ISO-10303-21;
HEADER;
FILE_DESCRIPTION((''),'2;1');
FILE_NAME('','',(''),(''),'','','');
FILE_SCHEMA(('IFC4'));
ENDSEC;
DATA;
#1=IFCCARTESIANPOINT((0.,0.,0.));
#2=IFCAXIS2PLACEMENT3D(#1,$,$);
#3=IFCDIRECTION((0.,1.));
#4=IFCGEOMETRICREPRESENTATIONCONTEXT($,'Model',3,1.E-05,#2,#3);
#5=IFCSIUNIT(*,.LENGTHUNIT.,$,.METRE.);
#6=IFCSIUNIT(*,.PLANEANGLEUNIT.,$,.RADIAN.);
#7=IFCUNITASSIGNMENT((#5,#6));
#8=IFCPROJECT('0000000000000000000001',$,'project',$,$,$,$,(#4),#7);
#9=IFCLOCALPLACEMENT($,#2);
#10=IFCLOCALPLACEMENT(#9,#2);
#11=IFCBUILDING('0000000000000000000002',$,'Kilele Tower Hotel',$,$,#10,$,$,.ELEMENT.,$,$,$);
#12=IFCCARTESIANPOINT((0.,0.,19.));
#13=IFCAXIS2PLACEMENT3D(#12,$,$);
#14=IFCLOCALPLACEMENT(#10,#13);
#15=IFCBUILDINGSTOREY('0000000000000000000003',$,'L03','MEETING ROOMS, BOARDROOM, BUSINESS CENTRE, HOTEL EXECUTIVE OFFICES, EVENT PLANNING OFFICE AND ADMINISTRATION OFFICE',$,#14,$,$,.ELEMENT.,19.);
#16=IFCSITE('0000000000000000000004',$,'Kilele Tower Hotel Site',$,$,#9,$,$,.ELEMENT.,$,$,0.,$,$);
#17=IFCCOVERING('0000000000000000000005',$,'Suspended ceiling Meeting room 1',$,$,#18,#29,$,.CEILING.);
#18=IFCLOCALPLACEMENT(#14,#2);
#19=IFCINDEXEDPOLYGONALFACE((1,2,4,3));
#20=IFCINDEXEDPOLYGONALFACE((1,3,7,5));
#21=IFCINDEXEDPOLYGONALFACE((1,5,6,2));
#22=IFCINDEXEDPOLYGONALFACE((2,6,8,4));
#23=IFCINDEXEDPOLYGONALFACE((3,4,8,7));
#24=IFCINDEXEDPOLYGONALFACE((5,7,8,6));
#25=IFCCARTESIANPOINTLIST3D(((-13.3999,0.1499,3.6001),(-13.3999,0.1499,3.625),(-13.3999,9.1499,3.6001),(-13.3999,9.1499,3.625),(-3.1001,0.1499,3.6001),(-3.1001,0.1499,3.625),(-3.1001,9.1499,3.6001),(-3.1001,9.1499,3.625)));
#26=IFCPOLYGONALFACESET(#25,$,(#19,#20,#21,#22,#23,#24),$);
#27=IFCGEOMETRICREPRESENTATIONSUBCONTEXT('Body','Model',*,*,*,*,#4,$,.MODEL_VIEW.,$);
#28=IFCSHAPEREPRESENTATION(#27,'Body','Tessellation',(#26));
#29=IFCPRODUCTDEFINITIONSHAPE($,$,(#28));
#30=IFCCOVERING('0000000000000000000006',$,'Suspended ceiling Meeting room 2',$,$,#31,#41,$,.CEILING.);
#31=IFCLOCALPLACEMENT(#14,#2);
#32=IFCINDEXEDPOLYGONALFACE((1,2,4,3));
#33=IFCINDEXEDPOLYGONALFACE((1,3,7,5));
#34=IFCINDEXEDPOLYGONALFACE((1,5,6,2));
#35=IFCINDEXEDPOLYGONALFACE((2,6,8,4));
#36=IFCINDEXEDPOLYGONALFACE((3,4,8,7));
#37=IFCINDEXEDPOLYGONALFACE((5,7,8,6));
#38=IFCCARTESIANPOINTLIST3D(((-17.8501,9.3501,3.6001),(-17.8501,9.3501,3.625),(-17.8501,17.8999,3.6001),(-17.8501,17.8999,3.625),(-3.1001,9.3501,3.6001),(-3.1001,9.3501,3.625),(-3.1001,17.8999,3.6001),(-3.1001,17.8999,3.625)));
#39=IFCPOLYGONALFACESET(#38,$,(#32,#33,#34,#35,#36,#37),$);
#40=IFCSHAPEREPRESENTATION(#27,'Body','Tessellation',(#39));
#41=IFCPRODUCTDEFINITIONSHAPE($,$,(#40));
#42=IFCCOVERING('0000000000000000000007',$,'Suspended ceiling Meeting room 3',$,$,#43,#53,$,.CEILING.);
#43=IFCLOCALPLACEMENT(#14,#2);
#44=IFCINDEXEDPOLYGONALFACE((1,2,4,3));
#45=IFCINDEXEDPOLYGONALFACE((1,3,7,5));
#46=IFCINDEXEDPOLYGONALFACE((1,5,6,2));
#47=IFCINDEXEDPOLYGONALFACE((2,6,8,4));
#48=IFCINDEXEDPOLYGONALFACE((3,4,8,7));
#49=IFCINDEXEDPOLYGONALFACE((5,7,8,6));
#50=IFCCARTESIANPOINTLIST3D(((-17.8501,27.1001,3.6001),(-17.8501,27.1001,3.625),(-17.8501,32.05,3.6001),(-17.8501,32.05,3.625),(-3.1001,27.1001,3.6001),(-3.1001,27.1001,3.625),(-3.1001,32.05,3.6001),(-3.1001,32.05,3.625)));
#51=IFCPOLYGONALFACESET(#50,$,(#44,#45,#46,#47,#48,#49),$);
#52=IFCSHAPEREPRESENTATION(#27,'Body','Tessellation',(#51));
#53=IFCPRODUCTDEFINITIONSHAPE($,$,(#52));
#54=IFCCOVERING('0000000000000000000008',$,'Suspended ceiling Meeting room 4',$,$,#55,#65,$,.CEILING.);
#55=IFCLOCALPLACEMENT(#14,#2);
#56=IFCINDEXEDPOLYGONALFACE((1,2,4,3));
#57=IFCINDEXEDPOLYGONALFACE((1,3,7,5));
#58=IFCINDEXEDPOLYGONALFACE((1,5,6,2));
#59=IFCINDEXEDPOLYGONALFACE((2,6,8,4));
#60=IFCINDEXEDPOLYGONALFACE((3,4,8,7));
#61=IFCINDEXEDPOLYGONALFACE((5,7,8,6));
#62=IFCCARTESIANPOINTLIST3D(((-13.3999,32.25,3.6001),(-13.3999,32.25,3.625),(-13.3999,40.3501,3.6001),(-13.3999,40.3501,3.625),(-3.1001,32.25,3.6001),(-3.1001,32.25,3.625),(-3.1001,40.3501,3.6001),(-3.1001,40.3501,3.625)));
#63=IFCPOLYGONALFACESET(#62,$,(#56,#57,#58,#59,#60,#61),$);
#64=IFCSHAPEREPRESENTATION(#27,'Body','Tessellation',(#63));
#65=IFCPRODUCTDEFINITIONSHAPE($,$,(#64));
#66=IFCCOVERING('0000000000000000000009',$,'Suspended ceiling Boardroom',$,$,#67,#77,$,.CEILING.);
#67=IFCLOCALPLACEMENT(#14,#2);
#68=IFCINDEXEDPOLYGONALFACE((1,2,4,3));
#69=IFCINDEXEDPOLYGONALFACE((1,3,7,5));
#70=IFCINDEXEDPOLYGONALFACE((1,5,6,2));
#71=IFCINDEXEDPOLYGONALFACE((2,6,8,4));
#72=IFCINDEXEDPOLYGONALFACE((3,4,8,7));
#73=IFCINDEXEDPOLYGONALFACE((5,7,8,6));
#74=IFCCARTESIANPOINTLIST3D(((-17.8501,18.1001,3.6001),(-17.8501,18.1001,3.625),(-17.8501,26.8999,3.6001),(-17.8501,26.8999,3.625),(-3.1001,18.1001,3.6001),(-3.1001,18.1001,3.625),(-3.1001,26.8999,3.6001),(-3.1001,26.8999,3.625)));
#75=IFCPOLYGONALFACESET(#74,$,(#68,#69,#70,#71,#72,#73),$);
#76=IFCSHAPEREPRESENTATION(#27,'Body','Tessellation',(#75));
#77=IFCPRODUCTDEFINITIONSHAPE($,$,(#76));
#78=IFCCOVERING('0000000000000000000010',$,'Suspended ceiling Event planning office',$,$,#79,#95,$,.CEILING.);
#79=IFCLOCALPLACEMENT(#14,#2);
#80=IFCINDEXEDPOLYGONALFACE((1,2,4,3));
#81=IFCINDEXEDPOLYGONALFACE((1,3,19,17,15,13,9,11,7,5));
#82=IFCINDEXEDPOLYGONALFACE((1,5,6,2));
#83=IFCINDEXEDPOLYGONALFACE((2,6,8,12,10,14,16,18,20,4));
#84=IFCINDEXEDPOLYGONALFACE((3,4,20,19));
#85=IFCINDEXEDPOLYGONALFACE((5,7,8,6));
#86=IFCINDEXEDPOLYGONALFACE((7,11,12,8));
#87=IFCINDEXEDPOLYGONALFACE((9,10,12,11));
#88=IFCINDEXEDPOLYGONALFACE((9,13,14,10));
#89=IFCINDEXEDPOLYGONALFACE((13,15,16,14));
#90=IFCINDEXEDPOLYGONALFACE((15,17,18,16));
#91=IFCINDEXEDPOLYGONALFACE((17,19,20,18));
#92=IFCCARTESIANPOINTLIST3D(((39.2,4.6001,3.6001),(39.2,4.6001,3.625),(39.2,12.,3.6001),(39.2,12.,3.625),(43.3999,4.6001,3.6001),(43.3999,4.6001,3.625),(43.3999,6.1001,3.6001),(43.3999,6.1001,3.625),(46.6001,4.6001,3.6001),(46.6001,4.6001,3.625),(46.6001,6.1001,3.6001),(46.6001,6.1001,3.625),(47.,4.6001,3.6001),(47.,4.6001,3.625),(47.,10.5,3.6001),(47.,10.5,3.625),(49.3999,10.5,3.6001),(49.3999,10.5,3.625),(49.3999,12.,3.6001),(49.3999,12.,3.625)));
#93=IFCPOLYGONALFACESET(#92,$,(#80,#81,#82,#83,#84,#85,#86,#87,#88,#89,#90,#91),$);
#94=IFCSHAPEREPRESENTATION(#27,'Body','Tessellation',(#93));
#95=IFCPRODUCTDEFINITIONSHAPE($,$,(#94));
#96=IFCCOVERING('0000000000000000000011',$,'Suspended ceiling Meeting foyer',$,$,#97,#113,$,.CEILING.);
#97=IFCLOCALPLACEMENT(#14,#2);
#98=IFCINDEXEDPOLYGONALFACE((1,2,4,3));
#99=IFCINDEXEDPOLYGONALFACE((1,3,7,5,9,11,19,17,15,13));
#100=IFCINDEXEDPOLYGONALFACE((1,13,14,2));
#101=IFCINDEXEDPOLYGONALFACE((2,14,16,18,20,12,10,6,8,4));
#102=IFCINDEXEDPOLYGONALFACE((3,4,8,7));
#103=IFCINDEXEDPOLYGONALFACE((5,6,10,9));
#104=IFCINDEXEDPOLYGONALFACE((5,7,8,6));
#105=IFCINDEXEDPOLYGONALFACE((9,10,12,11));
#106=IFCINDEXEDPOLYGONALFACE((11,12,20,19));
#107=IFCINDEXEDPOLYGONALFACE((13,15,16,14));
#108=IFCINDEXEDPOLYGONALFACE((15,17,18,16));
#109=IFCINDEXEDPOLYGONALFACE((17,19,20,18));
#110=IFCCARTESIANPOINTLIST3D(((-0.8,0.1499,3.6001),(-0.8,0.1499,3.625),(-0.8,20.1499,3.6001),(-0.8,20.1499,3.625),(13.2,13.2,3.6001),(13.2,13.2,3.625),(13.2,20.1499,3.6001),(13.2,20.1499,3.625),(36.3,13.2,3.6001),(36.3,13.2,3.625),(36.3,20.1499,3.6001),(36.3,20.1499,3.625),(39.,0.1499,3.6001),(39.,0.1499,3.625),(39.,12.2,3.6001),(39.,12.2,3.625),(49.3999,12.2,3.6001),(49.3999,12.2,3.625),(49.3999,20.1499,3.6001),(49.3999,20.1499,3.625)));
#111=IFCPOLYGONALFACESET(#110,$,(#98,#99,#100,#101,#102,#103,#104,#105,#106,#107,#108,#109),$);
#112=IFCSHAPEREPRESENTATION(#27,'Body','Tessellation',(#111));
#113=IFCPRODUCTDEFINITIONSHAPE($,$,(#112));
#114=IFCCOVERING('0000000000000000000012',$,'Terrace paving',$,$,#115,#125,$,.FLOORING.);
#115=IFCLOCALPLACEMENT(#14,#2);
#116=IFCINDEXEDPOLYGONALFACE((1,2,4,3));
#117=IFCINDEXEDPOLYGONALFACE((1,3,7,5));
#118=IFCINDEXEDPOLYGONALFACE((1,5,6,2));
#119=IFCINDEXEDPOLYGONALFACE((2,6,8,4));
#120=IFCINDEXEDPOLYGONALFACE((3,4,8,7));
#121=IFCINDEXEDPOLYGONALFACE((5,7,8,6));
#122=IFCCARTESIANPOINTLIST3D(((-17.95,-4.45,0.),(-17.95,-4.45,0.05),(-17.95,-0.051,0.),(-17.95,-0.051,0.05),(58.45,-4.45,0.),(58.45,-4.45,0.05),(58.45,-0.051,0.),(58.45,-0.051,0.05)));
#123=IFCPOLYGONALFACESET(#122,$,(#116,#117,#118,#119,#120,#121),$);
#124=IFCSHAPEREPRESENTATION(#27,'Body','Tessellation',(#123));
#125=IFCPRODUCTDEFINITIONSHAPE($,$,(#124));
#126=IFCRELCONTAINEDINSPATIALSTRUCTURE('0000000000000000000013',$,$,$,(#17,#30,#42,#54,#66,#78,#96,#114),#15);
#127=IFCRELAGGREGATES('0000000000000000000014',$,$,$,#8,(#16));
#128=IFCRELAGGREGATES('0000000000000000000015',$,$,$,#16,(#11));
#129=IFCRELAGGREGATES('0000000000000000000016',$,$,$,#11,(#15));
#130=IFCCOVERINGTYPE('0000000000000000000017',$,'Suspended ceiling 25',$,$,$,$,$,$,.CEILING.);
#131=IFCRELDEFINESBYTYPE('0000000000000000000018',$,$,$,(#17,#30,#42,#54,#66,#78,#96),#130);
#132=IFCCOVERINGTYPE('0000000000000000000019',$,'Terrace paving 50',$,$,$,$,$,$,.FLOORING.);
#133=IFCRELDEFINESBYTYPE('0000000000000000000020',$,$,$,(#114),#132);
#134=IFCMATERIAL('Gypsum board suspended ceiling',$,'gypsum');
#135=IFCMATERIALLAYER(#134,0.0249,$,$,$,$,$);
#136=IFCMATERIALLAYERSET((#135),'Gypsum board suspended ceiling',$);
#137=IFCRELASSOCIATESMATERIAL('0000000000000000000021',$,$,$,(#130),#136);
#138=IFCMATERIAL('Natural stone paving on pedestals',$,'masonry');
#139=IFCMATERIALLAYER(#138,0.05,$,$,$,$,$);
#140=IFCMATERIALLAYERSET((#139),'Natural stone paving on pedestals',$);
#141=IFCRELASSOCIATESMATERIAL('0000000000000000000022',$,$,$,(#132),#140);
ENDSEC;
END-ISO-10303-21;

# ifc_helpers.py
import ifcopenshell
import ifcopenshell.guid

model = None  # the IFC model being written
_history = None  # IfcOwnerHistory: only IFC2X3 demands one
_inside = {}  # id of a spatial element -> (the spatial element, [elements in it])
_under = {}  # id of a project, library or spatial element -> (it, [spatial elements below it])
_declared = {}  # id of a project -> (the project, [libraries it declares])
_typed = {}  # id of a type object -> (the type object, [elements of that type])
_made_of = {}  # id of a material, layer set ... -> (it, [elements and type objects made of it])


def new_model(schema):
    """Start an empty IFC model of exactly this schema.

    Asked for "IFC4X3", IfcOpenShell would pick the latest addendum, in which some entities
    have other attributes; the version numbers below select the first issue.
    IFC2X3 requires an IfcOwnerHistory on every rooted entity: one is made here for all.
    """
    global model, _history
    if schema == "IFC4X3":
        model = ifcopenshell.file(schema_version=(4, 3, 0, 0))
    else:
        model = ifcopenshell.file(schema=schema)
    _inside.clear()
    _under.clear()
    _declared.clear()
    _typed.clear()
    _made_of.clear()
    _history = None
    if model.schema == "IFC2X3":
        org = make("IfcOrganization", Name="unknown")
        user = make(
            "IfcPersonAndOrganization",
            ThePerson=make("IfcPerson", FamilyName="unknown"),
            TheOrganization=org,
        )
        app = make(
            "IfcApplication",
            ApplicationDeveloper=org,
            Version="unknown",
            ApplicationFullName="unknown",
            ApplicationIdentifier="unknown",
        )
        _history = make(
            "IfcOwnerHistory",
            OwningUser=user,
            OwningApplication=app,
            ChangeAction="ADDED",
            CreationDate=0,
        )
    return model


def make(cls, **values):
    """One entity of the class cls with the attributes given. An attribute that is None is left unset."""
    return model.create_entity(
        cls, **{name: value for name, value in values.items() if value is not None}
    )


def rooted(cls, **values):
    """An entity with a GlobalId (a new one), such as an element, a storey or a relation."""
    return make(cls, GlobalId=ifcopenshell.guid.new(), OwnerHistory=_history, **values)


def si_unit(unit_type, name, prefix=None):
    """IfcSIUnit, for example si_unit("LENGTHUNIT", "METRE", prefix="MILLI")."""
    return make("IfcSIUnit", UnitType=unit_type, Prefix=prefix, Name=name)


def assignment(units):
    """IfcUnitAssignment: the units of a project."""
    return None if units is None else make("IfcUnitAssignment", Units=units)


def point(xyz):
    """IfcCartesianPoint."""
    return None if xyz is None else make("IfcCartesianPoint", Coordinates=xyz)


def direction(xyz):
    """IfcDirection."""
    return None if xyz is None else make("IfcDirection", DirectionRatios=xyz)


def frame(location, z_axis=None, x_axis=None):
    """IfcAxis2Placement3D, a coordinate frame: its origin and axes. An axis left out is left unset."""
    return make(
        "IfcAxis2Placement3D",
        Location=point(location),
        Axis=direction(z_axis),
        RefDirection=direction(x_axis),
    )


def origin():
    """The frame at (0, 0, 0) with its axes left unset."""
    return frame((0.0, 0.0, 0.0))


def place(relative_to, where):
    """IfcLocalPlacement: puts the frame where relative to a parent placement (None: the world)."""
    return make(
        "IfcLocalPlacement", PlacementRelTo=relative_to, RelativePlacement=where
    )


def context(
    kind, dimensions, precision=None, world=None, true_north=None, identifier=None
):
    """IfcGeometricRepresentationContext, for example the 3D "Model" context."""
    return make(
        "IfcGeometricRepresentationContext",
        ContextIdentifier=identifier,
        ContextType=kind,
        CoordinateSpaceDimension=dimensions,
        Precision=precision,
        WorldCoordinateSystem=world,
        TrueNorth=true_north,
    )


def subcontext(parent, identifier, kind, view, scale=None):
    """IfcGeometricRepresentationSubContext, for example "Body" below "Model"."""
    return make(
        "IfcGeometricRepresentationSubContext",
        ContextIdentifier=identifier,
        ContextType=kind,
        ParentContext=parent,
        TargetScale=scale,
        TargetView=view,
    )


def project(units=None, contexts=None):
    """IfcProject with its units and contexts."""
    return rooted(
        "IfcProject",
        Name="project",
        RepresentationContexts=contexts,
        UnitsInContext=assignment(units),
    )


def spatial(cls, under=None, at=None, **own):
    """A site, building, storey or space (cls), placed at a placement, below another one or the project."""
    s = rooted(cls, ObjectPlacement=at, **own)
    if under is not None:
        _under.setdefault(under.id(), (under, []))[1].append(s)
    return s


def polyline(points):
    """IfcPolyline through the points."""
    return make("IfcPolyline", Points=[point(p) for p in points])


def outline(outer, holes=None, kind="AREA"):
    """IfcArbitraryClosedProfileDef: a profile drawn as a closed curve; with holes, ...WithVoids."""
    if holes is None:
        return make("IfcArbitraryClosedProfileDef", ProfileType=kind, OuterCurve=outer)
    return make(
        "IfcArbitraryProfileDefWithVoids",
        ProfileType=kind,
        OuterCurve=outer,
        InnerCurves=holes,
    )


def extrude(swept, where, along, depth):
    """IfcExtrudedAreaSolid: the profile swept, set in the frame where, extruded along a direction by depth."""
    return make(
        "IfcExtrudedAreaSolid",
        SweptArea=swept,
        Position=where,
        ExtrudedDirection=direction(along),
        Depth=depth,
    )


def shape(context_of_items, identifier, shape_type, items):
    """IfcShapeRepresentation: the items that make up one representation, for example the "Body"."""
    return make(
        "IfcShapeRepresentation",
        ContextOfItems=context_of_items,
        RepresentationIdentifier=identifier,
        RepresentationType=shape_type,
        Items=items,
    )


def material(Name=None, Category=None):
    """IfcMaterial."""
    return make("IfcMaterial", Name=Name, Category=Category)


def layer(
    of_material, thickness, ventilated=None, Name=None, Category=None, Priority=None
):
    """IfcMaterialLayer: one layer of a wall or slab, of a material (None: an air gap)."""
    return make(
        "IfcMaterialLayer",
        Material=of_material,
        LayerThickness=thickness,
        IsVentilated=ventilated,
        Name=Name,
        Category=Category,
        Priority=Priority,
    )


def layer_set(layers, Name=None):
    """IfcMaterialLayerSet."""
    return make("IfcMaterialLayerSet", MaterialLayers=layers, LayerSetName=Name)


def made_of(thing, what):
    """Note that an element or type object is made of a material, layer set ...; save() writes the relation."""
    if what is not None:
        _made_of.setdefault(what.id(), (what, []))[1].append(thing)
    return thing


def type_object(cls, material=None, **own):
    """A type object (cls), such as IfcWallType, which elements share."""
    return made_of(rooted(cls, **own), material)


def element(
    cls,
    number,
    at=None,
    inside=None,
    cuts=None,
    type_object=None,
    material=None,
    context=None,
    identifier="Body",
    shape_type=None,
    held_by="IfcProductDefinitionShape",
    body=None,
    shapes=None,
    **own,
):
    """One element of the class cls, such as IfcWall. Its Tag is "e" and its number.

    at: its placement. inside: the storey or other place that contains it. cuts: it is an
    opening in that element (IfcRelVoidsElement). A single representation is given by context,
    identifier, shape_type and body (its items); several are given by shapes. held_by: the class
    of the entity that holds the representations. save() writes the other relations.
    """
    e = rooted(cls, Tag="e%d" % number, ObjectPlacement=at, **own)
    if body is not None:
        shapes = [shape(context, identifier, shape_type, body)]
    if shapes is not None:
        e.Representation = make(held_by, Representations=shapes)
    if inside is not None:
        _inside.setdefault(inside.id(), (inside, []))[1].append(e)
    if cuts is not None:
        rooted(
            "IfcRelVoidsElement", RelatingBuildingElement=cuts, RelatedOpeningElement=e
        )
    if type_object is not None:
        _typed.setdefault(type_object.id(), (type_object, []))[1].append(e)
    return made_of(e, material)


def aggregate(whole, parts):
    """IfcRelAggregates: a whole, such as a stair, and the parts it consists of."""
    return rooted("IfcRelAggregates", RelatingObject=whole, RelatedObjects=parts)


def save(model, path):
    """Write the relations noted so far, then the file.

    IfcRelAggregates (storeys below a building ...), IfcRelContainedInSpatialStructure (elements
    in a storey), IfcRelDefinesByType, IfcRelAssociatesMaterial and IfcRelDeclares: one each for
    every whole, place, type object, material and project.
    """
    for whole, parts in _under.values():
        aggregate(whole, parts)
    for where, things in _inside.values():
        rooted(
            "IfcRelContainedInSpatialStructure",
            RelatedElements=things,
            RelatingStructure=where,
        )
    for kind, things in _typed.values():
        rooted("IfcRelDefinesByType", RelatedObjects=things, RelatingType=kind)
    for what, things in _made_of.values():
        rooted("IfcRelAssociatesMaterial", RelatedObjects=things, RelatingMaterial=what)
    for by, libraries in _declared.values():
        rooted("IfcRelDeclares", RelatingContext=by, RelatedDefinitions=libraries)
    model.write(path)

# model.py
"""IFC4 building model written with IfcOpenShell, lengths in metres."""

from ifc_helpers import new_model, si_unit, direction, frame, origin, place, context, subcontext, project, spatial, polyline, outline, extrude, material, layer, layer_set, type_object, element, save


model = new_model("IFC4")

# Units and contexts
model_context = context("Model", 3, precision=1e-05, world=origin(), true_north=direction((0.0, 1.0)))
body_context = subcontext(model_context, "Body", "Model", "MODEL_VIEW")
ifc_project = project(units=[si_unit("LENGTHUNIT", "METRE"), si_unit("PLANEANGLEUNIT", "RADIAN")], contexts=[model_context])

# Site, building, storey
site_placement = place(None, origin())
site = spatial("IfcSite", under=ifc_project, at=site_placement, Name="Kilele Tower Hotel Site", CompositionType="ELEMENT", RefElevation=0.0)
building_placement = place(site_placement, origin())
building = spatial("IfcBuilding", under=site, at=building_placement, Name="Kilele Tower Hotel", CompositionType="ELEMENT")
storey_placement = place(building_placement, frame((0.0, 0.0, 19.0)))
storey = spatial("IfcBuildingStorey", under=building, at=storey_placement, Name="L03", Description="MEETING ROOMS, BOARDROOM, BUSINESS CENTRE, HOTEL EXECUTIVE OFFICES, EVENT PLANNING OFFICE AND ADMINISTRATION OFFICE", CompositionType="ELEMENT", Elevation=19.0)

# Coverings
ifc_material_1 = material(Name="Gypsum board suspended ceiling", Category="gypsum")
ifc_layer_1 = layer(ifc_material_1, 0.0249)
ifc_layer_set_1 = layer_set([ifc_layer_1], Name="Gypsum board suspended ceiling")
covering_type_1 = type_object("IfcCoveringType", Name="Suspended ceiling 25", PredefinedType="CEILING", material=ifc_layer_set_1)
covering_1_placement = place(storey_placement, frame((0.0, 0.0, 3.6001)))
element("IfcCovering", 1, at=covering_1_placement, inside=storey, type_object=covering_type_1, Name="Suspended ceiling Meeting room 1", PredefinedType="CEILING", context=body_context, shape_type="SweptSolid", body=[
    extrude(outline(polyline([(-3.1001, 0.1499), (-13.3999, 0.1499), (-13.3999, 9.1499), (-3.1001, 9.1499), (-3.1001, 0.1499)])), origin(), (0.0, 0.0, 1.0), 0.0249),
])
covering_2_placement = place(storey_placement, frame((0.0, 0.0, 3.6001)))
element("IfcCovering", 2, at=covering_2_placement, inside=storey, type_object=covering_type_1, Name="Suspended ceiling Meeting room 2", PredefinedType="CEILING", context=body_context, shape_type="SweptSolid", body=[
    extrude(outline(polyline([(-3.1001, 9.3501), (-17.8501, 9.3501), (-17.8501, 17.8999), (-3.1001, 17.8999), (-3.1001, 9.3501)])), origin(), (0.0, 0.0, 1.0), 0.0249),
])
covering_3_placement = place(storey_placement, frame((0.0, 0.0, 3.6001)))
element("IfcCovering", 3, at=covering_3_placement, inside=storey, type_object=covering_type_1, Name="Suspended ceiling Meeting room 3", PredefinedType="CEILING", context=body_context, shape_type="SweptSolid", body=[
    extrude(outline(polyline([(-3.1001, 27.1001), (-17.8501, 27.1001), (-17.8501, 32.05), (-3.1001, 32.05), (-3.1001, 27.1001)])), origin(), (0.0, 0.0, 1.0), 0.0249),
])
covering_4_placement = place(storey_placement, frame((0.0, 0.0, 3.6001)))
element("IfcCovering", 4, at=covering_4_placement, inside=storey, type_object=covering_type_1, Name="Suspended ceiling Meeting room 4", PredefinedType="CEILING", context=body_context, shape_type="SweptSolid", body=[
    extrude(outline(polyline([(-3.1001, 32.25), (-13.3999, 32.25), (-13.3999, 40.3501), (-3.1001, 40.3501), (-3.1001, 32.25)])), origin(), (0.0, 0.0, 1.0), 0.0249),
])
covering_5_placement = place(storey_placement, frame((0.0, 0.0, 3.6001)))
element("IfcCovering", 5, at=covering_5_placement, inside=storey, type_object=covering_type_1, Name="Suspended ceiling Boardroom", PredefinedType="CEILING", context=body_context, shape_type="SweptSolid", body=[
    extrude(outline(polyline([(-3.1001, 18.1001), (-17.8501, 18.1001), (-17.8501, 26.8999), (-3.1001, 26.8999), (-3.1001, 18.1001)])), origin(), (0.0, 0.0, 1.0), 0.0249),
])
covering_6_placement = place(storey_placement, frame((0.0, 0.0, 3.6001)))
element("IfcCovering", 6, at=covering_6_placement, inside=storey, type_object=covering_type_1, Name="Suspended ceiling Event planning office", PredefinedType="CEILING", context=body_context, shape_type="SweptSolid", body=[
    extrude(outline(polyline([(39.2, 12.0), (49.3999, 12.0), (49.3999, 10.5), (47.0, 10.5), (47.0, 4.6001), (46.6001, 4.6001), (46.6001, 6.1001), (43.3999, 6.1001), (43.3999, 4.6001), (39.2, 4.6001), (39.2, 12.0)])), origin(), (0.0, 0.0, 1.0), 0.0249),
])
covering_7_placement = place(storey_placement, frame((0.0, 0.0, 3.6001)))
element("IfcCovering", 7, at=covering_7_placement, inside=storey, type_object=covering_type_1, Name="Suspended ceiling Meeting foyer", PredefinedType="CEILING", context=body_context, shape_type="SweptSolid", body=[
    extrude(outline(polyline([(-0.8, 0.1499), (-0.8, 20.1499), (13.2, 20.1499), (13.2, 13.2), (36.3, 13.2), (36.3, 20.1499), (49.3999, 20.1499), (49.3999, 12.2), (39.0, 12.2), (39.0, 0.1499), (-0.8, 0.1499)])), origin(), (0.0, 0.0, 1.0), 0.0249),
])
ifc_material_2 = material(Name="Natural stone paving on pedestals", Category="masonry")
ifc_layer_2 = layer(ifc_material_2, 0.05)
ifc_layer_set_2 = layer_set([ifc_layer_2], Name="Natural stone paving on pedestals")
covering_type_2 = type_object("IfcCoveringType", Name="Terrace paving 50", PredefinedType="FLOORING", material=ifc_layer_set_2)
covering_8_placement = place(storey_placement, origin())
element("IfcCovering", 8, at=covering_8_placement, inside=storey, type_object=covering_type_2, Name="Terrace paving", PredefinedType="FLOORING", context=body_context, shape_type="SweptSolid", body=[
    extrude(outline(polyline([(58.45, -4.45), (-17.95, -4.45), (-17.95, -0.051), (58.45, -0.051), (58.45, -4.45)])), origin(), (0.0, 0.0, 1.0), 0.05),
])

save(model, "model.ifc")
